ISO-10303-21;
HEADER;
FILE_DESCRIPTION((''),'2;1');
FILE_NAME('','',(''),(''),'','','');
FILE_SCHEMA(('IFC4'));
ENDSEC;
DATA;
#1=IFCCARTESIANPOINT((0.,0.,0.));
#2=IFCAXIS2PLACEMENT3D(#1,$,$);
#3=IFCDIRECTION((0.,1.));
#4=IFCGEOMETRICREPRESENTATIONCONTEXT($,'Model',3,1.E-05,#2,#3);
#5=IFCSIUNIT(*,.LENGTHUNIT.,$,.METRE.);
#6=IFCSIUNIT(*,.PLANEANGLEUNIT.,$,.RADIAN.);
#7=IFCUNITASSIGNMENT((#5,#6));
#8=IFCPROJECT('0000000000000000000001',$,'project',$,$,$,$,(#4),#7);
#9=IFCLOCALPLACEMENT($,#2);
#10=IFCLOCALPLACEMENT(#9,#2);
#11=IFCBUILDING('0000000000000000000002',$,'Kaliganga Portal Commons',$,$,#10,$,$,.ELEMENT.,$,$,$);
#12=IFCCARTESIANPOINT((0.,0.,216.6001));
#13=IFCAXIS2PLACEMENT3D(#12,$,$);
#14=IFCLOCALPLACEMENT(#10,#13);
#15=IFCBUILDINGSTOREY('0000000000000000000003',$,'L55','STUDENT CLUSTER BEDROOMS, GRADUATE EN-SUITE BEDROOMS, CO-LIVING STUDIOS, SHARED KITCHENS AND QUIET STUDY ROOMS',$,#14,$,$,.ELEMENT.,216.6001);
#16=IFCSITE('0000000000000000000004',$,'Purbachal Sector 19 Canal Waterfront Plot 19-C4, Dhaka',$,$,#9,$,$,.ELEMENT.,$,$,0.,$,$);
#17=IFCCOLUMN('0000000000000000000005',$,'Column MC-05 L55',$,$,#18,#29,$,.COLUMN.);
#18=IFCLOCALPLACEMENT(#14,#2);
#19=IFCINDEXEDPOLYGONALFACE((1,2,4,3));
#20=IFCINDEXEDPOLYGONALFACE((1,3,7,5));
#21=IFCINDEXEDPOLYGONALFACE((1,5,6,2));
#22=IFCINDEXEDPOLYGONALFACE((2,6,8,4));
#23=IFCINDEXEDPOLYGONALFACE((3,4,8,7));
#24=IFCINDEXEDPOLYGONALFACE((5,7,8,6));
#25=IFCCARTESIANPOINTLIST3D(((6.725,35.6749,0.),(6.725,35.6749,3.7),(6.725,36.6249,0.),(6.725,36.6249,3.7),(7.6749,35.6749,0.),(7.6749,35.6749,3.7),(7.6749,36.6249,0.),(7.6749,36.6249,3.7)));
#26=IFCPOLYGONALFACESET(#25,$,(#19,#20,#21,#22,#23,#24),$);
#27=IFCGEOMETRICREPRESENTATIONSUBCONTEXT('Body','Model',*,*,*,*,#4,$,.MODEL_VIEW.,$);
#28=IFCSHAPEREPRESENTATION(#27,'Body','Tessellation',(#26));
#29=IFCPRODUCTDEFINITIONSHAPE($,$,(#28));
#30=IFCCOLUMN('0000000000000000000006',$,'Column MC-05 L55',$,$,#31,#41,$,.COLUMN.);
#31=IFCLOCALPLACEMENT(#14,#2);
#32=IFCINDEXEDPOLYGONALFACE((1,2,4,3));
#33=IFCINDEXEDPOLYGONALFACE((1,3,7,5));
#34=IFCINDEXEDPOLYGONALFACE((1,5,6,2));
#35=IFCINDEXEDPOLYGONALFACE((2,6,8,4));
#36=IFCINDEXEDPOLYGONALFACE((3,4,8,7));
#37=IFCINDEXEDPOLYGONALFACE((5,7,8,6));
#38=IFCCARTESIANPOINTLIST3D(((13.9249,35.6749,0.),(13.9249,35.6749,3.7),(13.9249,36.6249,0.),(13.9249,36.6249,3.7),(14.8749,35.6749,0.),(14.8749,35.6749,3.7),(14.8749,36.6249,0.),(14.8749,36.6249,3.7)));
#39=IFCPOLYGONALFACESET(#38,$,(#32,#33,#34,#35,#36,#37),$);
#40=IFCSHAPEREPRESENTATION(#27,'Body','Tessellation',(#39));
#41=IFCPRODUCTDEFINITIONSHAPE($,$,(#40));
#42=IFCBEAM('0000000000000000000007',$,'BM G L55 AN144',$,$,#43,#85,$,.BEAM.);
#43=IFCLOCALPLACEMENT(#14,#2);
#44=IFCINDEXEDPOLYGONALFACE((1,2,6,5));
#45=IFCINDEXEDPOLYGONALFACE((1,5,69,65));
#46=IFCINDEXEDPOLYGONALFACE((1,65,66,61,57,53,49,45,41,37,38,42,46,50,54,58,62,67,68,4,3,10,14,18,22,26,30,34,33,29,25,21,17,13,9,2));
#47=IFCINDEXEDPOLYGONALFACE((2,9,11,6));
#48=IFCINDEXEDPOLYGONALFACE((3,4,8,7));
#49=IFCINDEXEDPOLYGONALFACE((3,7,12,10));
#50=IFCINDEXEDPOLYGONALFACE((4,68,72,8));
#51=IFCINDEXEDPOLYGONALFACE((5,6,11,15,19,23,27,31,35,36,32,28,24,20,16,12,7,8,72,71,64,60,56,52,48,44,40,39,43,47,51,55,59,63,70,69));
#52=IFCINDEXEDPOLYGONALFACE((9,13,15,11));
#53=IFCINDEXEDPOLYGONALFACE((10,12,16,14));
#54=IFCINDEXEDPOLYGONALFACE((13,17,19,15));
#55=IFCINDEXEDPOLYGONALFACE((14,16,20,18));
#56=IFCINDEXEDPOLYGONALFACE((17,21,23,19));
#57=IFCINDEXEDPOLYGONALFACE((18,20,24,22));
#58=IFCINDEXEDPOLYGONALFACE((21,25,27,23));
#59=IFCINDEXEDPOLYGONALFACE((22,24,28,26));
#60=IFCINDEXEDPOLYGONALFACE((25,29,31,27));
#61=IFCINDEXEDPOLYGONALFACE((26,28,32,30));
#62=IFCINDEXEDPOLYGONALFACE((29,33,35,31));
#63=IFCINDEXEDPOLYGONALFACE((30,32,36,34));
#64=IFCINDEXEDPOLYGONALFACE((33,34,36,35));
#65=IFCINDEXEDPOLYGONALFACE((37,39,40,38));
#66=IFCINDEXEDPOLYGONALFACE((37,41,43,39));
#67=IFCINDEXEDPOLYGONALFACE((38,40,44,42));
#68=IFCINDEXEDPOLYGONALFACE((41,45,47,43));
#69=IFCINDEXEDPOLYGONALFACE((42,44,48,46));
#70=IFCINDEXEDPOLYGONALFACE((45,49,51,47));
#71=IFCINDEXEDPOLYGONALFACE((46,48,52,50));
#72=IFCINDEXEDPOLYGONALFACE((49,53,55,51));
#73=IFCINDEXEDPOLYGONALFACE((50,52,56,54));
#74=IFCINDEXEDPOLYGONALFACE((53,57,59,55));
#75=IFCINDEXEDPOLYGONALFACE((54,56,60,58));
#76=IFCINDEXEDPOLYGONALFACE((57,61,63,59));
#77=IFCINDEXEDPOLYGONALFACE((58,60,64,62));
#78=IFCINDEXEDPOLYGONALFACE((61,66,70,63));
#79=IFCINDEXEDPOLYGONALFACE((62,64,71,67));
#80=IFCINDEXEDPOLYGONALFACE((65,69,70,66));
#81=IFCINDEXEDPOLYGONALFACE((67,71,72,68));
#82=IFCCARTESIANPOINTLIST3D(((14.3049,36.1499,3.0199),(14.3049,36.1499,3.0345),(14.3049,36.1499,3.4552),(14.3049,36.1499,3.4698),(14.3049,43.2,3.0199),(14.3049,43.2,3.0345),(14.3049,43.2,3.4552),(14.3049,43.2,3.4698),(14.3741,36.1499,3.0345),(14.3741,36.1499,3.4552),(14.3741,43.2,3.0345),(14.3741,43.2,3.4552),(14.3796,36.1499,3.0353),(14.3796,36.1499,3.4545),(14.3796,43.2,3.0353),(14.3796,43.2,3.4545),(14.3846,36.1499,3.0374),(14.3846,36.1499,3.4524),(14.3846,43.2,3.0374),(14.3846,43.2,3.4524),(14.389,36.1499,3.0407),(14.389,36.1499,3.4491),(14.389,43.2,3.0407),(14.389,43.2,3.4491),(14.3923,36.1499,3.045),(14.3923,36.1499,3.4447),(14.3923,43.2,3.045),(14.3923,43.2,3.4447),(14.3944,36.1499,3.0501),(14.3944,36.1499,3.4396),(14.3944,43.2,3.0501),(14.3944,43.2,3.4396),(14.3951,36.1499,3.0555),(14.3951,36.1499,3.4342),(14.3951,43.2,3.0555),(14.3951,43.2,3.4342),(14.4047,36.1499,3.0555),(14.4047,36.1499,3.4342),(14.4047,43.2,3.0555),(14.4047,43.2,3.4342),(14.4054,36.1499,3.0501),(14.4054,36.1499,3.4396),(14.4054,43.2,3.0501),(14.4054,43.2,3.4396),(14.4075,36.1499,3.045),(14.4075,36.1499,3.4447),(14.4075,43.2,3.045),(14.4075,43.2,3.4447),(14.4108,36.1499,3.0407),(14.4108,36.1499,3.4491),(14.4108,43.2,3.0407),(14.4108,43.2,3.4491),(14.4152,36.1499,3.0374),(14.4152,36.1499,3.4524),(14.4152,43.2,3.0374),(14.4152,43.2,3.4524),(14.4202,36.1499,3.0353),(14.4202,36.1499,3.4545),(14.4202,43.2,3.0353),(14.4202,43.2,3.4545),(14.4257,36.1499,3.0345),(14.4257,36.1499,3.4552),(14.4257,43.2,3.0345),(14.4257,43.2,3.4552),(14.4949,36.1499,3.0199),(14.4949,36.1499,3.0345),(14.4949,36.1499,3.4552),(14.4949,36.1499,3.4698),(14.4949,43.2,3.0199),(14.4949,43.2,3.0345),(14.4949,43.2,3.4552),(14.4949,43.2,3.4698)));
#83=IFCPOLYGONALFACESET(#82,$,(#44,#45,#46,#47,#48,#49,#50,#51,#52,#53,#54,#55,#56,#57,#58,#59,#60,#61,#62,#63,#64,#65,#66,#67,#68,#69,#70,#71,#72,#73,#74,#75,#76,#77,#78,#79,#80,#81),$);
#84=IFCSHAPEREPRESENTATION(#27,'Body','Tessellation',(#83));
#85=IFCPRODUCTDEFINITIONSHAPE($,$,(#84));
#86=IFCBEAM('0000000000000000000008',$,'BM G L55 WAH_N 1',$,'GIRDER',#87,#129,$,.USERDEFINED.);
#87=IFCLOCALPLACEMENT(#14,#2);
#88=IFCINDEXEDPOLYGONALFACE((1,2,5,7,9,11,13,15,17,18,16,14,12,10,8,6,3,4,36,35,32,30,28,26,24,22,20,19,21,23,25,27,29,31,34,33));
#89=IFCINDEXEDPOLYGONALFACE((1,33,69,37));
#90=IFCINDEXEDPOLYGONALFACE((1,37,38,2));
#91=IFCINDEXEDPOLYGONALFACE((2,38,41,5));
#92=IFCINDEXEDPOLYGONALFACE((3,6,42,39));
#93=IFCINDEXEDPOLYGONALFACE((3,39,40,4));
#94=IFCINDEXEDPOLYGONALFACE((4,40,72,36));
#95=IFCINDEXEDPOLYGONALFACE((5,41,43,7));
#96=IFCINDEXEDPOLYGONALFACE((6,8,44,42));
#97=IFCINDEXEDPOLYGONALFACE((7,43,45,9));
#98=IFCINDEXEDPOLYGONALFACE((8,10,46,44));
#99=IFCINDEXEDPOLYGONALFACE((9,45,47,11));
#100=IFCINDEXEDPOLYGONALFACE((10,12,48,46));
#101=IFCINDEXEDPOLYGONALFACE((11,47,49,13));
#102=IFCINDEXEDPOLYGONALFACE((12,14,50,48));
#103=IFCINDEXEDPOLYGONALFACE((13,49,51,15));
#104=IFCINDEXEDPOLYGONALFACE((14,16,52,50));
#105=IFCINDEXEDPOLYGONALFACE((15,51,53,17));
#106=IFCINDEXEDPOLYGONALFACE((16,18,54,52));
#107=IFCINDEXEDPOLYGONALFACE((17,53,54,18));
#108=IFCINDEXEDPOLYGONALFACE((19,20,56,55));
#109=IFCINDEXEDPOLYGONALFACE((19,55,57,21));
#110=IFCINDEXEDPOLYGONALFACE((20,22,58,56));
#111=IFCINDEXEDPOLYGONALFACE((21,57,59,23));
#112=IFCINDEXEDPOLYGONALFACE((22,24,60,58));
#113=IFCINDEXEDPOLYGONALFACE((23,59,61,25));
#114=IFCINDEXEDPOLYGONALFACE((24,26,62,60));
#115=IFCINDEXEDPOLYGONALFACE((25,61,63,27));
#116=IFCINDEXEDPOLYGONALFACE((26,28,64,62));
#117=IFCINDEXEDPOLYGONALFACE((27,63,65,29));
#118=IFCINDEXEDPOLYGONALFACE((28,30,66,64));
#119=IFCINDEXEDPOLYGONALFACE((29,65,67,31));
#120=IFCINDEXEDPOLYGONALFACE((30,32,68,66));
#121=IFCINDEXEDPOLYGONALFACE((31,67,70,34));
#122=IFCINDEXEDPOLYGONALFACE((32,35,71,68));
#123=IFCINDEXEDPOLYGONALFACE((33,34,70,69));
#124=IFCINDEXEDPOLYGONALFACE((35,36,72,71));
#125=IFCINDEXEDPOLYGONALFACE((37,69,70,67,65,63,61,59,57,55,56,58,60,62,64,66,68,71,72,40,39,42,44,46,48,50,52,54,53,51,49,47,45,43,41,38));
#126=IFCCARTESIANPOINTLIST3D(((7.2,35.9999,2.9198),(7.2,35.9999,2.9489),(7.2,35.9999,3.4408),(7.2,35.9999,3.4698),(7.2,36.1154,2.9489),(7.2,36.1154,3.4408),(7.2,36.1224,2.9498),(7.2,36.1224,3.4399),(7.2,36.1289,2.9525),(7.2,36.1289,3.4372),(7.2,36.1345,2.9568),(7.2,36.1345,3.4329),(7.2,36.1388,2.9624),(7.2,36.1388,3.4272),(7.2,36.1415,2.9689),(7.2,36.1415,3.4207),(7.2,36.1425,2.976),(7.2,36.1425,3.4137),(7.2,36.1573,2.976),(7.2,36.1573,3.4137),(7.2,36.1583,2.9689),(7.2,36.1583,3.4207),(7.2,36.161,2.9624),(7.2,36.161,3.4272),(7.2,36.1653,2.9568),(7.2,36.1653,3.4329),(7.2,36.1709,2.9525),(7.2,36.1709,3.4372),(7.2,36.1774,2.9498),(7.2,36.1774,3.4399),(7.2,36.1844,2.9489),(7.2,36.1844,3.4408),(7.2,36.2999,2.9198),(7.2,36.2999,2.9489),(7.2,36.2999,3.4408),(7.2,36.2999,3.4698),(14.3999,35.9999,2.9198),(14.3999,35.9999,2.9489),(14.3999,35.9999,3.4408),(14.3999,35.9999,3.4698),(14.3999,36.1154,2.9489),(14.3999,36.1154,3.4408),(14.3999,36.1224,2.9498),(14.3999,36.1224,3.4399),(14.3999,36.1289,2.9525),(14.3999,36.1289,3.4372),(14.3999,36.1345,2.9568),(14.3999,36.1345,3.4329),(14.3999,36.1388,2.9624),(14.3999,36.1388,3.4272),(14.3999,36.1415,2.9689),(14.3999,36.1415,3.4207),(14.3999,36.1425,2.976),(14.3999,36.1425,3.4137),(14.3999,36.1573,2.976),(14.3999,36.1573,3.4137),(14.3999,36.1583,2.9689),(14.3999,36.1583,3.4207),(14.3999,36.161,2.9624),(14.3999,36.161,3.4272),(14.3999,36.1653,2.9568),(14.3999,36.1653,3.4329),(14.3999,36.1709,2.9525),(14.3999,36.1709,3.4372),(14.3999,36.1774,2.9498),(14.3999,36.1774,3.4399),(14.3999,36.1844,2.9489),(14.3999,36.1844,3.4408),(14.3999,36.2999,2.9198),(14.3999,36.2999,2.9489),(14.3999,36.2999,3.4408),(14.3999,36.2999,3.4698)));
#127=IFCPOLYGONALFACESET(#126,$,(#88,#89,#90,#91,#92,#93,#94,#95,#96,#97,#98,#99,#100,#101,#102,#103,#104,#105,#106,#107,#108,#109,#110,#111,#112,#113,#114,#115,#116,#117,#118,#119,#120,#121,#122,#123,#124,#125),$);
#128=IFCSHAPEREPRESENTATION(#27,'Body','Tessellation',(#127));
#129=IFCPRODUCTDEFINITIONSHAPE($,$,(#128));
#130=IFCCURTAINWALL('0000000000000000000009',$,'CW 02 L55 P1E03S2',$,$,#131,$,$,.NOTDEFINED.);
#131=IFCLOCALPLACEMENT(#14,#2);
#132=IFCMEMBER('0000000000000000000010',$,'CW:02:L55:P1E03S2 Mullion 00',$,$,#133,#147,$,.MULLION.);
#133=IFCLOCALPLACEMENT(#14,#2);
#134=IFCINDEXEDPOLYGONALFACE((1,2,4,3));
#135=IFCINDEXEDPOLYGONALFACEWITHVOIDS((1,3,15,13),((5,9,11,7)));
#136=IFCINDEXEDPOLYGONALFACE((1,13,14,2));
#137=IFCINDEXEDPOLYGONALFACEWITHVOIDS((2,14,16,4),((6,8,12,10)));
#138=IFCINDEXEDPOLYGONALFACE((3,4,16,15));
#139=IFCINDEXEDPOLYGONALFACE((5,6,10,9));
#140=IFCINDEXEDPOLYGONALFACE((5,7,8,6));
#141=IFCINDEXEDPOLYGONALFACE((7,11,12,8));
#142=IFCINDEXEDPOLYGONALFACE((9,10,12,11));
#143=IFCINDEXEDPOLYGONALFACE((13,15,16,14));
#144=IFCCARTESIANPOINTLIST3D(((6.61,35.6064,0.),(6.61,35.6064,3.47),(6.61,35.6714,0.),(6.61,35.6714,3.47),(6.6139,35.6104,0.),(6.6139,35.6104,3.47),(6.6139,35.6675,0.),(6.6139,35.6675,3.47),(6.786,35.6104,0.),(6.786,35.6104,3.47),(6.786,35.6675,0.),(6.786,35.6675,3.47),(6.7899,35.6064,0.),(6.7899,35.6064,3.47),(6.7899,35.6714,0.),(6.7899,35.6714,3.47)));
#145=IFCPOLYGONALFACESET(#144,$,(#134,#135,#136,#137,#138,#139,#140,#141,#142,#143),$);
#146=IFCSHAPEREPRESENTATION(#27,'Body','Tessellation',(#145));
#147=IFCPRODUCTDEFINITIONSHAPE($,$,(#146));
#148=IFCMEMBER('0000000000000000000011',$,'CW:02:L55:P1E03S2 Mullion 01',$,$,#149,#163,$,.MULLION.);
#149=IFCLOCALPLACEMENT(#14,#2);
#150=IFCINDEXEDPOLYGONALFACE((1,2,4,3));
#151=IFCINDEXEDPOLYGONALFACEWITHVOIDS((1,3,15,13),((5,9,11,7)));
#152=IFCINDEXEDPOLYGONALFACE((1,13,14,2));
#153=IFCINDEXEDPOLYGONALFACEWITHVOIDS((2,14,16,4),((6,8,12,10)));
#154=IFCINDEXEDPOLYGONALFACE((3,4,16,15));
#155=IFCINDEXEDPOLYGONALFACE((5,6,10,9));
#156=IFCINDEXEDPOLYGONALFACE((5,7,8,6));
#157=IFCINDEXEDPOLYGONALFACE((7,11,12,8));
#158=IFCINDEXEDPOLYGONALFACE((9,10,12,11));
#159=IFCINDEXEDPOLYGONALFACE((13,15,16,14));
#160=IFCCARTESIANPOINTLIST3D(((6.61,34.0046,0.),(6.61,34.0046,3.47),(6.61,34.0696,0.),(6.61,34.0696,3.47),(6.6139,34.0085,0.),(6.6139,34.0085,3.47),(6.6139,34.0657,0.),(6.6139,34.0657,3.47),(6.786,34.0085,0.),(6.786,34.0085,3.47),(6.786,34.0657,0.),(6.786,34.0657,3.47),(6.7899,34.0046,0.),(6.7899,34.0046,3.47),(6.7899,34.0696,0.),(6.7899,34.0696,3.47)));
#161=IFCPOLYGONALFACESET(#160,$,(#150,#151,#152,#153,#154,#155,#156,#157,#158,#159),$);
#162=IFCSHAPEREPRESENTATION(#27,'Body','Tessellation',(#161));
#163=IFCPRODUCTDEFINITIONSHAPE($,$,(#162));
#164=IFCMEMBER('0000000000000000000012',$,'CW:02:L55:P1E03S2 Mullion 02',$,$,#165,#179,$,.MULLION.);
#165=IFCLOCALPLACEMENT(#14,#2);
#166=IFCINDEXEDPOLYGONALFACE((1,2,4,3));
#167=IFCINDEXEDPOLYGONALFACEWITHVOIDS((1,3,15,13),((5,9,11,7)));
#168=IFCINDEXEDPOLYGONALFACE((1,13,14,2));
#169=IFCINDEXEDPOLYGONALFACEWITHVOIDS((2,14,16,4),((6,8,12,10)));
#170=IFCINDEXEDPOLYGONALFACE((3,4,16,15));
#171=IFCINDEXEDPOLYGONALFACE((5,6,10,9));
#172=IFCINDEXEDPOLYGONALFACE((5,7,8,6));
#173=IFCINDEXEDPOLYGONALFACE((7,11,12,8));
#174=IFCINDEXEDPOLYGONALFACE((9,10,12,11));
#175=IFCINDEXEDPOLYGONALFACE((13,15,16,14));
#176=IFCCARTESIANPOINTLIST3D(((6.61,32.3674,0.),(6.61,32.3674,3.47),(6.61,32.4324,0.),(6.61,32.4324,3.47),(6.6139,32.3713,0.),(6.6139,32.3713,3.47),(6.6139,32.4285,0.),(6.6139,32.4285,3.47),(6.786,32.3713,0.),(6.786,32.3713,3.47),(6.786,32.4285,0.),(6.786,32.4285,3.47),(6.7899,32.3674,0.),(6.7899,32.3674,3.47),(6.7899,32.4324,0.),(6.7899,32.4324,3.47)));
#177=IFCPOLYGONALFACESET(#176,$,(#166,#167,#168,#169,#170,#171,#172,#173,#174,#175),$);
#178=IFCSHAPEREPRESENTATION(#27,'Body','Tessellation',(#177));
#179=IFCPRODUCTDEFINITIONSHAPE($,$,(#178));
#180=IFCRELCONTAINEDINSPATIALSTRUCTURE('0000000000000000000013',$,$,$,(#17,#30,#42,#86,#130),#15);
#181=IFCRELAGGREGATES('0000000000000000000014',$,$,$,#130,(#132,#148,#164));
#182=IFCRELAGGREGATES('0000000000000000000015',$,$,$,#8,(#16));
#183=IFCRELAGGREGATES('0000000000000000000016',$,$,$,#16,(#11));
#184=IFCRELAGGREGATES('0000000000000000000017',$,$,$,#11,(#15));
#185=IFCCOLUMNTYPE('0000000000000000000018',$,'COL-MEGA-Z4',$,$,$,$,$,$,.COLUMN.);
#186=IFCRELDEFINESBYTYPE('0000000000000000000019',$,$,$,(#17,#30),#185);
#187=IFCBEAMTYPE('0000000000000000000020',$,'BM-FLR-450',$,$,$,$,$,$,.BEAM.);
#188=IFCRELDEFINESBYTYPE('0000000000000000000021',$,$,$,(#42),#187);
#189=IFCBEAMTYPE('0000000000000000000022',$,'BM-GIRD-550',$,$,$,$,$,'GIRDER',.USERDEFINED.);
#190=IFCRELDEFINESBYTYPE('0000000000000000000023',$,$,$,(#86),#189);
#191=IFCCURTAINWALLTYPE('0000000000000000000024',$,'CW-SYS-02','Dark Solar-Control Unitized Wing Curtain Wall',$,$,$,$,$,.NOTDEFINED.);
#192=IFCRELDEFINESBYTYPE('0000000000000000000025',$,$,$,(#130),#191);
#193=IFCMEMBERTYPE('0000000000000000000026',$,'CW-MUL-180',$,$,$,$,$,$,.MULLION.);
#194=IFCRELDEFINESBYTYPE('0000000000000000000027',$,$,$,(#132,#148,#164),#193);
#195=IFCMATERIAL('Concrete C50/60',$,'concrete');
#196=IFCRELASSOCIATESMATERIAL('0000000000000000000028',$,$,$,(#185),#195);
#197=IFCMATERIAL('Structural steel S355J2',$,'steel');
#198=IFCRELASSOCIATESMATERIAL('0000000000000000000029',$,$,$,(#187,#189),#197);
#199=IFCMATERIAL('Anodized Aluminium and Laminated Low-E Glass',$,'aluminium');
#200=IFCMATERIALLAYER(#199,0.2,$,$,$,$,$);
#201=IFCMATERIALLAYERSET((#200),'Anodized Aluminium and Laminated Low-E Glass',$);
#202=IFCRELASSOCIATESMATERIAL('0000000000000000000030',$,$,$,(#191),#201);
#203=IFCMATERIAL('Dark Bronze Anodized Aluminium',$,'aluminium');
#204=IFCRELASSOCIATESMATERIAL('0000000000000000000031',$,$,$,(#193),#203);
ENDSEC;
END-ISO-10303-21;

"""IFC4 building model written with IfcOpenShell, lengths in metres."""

from ifc_helpers import new_model, si_unit, direction, frame, origin, origin_2d, place, context, subcontext, project, spatial, rectangle, hollow_rectangle, i_section, extrude, source, transform, mapped, material, layer, layer_set, material_profile, profile_set, type_object, element, aggregate, save


model = new_model("IFC4")

# Units and contexts
model_context = context("Model", 3, precision=1e-05, world=origin(), true_north=direction((0.0, 1.0)))
body_context = subcontext(model_context, "Body", "Model", "MODEL_VIEW")
ifc_project = project(units=[si_unit("LENGTHUNIT", "METRE"), si_unit("PLANEANGLEUNIT", "RADIAN")], contexts=[model_context])

# Site, building, storey
site_placement = place(None, origin())
site = spatial("IfcSite", under=ifc_project, at=site_placement, Name="Purbachal Sector 19 Canal Waterfront Plot 19-C4, Dhaka", CompositionType="ELEMENT", RefElevation=0.0)
building_placement = place(site_placement, origin())
building = spatial("IfcBuilding", under=site, at=building_placement, Name="Kaliganga Portal Commons", CompositionType="ELEMENT")
storey_placement = place(building_placement, frame((0.0, 0.0, 216.6001)))
storey = spatial("IfcBuildingStorey", under=building, at=storey_placement, Name="L55", Description="STUDENT CLUSTER BEDROOMS, GRADUATE EN-SUITE BEDROOMS, CO-LIVING STUDIOS, SHARED KITCHENS AND QUIET STUDY ROOMS", CompositionType="ELEMENT", Elevation=216.6001)

# Columns
ifc_material_1 = material(Name="Concrete C50/60", Category="concrete")
ifc_material_profile_1 = material_profile(ifc_material_1, rectangle(XDim=0.95, YDim=0.95, at=origin_2d()), Name="RC 950x950")
ifc_profile_set_1 = profile_set([ifc_material_profile_1], Name="Concrete C50/60")
column_type = type_object("IfcColumnType", Name="COL-MEGA-Z4", PredefinedType="COLUMN", material=ifc_profile_set_1)
shared_shape_1 = source(origin(), body_context, "Body", "SweptSolid", [
    extrude(rectangle(XDim=0.95, YDim=0.95, at=origin_2d()), origin(), (0.0, 0.0, 1.0), 3.7),
])
for number, where, z_axis, x_axis, name in (
    (1, (7.2, 36.1499, 0.0), (0.0, 0.0, 1.0), (1.0, 0.0, 0.0), "Column MC-05 L55"),
    (2, (14.3999, 36.1499, 0.0), (0.0, 0.0, 1.0), (1.0, 0.0, 0.0), "Column MC-05 L55"),
):
    element("IfcColumn", number, at=place(storey_placement, frame(where, z_axis=z_axis, x_axis=x_axis)), inside=storey, type_object=column_type, Name=name, PredefinedType="COLUMN", context=body_context, shape_type="MappedRepresentation", body=[
        mapped(shared_shape_1, transform((0.0, 0.0, 0.0), x_axis=(1.0, 0.0, 0.0), y_axis=(0.0, 1.0, 0.0), z_axis=(0.0, 0.0, 1.0), scale=1.0)),
    ])

# Beams
ifc_material_2 = material(Name="Structural steel S355J2", Category="steel")
ifc_material_profile_2 = material_profile(ifc_material_2, i_section(OverallWidth=0.1899, OverallDepth=0.45, WebThickness=0.0095, FlangeThickness=0.0146, FilletRadius=0.021, at=origin_2d()), Name="IPE 450")
ifc_profile_set_2 = profile_set([ifc_material_profile_2], Name="Structural steel S355J2 wide-flange")
beam_type_1 = type_object("IfcBeamType", Name="BM-FLR-450", PredefinedType="BEAM", material=ifc_profile_set_2)
shared_shape_2 = source(origin(), body_context, "Body", "SweptSolid", [
    extrude(i_section(OverallWidth=0.1899, OverallDepth=0.45, WebThickness=0.0095, FlangeThickness=0.0146, FilletRadius=0.021, at=origin_2d()), origin(), (0.0, 0.0, 1.0), 7.05),
])
beam_1_placement = place(storey_placement, frame((14.3999, 36.1499, 3.2449), z_axis=(0.0, 1.0, 0.0), x_axis=(-1.0, 0.0, 0.0)))
element("IfcBeam", 3, at=beam_1_placement, inside=storey, type_object=beam_type_1, Name="BM G L55 AN144", PredefinedType="BEAM", context=body_context, shape_type="MappedRepresentation", body=[
    mapped(shared_shape_2, transform((0.0, 0.0, 0.0), x_axis=(1.0, 0.0, 0.0), y_axis=(0.0, 1.0, 0.0), z_axis=(0.0, 0.0, 1.0), scale=1.0)),
])
ifc_material_profile_3 = material_profile(ifc_material_2, i_section(OverallWidth=0.3, OverallDepth=0.55, WebThickness=0.0149, FlangeThickness=0.0291, FilletRadius=0.0271, at=origin_2d()), Name="HE 550 B")
ifc_profile_set_3 = profile_set([ifc_material_profile_3], Name="Structural steel S355J2 wide-flange")
beam_type_2 = type_object("IfcBeamType", Name="BM-GIRD-550", ElementType="GIRDER", PredefinedType="USERDEFINED", material=ifc_profile_set_3)
shared_shape_3 = source(origin(), body_context, "Body", "SweptSolid", [
    extrude(i_section(OverallWidth=0.3, OverallDepth=0.55, WebThickness=0.0149, FlangeThickness=0.0291, FilletRadius=0.0271, at=origin_2d()), origin(), (0.0, 0.0, 1.0), 7.2),
])
beam_2_placement = place(storey_placement, frame((7.2, 36.1499, 3.1948), z_axis=(1.0, 0.0, 0.0), x_axis=(0.0, 1.0, 0.0)))
element("IfcBeam", 4, at=beam_2_placement, inside=storey, type_object=beam_type_2, Name="BM G L55 WAH_N 1", ObjectType="GIRDER", PredefinedType="USERDEFINED", context=body_context, shape_type="MappedRepresentation", body=[
    mapped(shared_shape_3, transform((0.0, 0.0, 0.0), x_axis=(1.0, 0.0, 0.0), y_axis=(0.0, 1.0, 0.0), z_axis=(0.0, 0.0, 1.0), scale=1.0)),
])

# Curtain wall, members
ifc_material_3 = material(Name="Anodized Aluminium and Laminated Low-E Glass", Category="aluminium")
ifc_layer_1 = layer(ifc_material_3, 0.2)
ifc_layer_set_1 = layer_set([ifc_layer_1], Name="Anodized Aluminium and Laminated Low-E Glass")
curtain_wall_type = type_object("IfcCurtainWallType", Name="CW-SYS-02", Description="Dark Solar-Control Unitized Wing Curtain Wall", PredefinedType="NOTDEFINED", material=ifc_layer_set_1)
curtain_wall_placement = place(storey_placement, origin())
curtain_wall = element("IfcCurtainWall", 5, at=curtain_wall_placement, inside=storey, type_object=curtain_wall_type, Name="CW 02 L55 P1E03S2", PredefinedType="NOTDEFINED")
ifc_material_4 = material(Name="Dark Bronze Anodized Aluminium", Category="aluminium")
ifc_material_profile_4 = material_profile(ifc_material_4, hollow_rectangle(XDim=0.0649, YDim=0.1799, WallThickness=0.0039, at=origin_2d()), Name="ALU MULL 65x180x4")
ifc_profile_set_4 = profile_set([ifc_material_profile_4], Name="Dark Bronze Anodized Aluminium")
member_type_1 = type_object("IfcMemberType", Name="CW-MUL-180", PredefinedType="MULLION", material=ifc_profile_set_4)
shared_shape_4 = source(origin(), body_context, "Body", "SweptSolid", [
    extrude(hollow_rectangle(XDim=0.0649, YDim=0.1799, WallThickness=0.0039, at=origin_2d()), origin(), (0.0, 0.0, 1.0), 3.47),
])
member_1_placement = place(storey_placement, frame((6.7, 35.6389, 0.0), z_axis=(0.0, 0.0, 1.0), x_axis=(0.0, -1.0, 0.0)))
member_1 = element("IfcMember", 6, at=member_1_placement, type_object=member_type_1, Name="CW:02:L55:P1E03S2 Mullion 00", PredefinedType="MULLION", context=body_context, shape_type="MappedRepresentation", body=[
    mapped(shared_shape_4, transform((0.0, 0.0, 0.0), x_axis=(1.0, 0.0, 0.0), y_axis=(0.0, 1.0, 0.0), z_axis=(0.0, 0.0, 1.0), scale=1.0)),
])
member_2_placement = place(storey_placement, frame((6.7, 34.0371, 0.0), z_axis=(0.0, 0.0, 1.0), x_axis=(0.0, -1.0, 0.0)))
member_2 = element("IfcMember", 7, at=member_2_placement, type_object=member_type_1, Name="CW:02:L55:P1E03S2 Mullion 01", PredefinedType="MULLION", context=body_context, shape_type="MappedRepresentation", body=[
    mapped(shared_shape_4, transform((0.0, 0.0, 0.0), x_axis=(1.0, 0.0, 0.0), y_axis=(0.0, 1.0, 0.0), z_axis=(0.0, 0.0, 1.0), scale=1.0)),
])
member_3_placement = place(storey_placement, frame((6.7, 32.3999, 0.0), z_axis=(0.0, 0.0, 1.0), x_axis=(0.0, -1.0, 0.0)))
member_3 = element("IfcMember", 8, at=member_3_placement, type_object=member_type_1, Name="CW:02:L55:P1E03S2 Mullion 02", PredefinedType="MULLION", context=body_context, shape_type="MappedRepresentation", body=[
    mapped(shared_shape_4, transform((0.0, 0.0, 0.0), x_axis=(1.0, 0.0, 0.0), y_axis=(0.0, 1.0, 0.0), z_axis=(0.0, 0.0, 1.0), scale=1.0)),
])
aggregate(curtain_wall, [member_1, member_2, member_3])

save(model, "model.ifc")
